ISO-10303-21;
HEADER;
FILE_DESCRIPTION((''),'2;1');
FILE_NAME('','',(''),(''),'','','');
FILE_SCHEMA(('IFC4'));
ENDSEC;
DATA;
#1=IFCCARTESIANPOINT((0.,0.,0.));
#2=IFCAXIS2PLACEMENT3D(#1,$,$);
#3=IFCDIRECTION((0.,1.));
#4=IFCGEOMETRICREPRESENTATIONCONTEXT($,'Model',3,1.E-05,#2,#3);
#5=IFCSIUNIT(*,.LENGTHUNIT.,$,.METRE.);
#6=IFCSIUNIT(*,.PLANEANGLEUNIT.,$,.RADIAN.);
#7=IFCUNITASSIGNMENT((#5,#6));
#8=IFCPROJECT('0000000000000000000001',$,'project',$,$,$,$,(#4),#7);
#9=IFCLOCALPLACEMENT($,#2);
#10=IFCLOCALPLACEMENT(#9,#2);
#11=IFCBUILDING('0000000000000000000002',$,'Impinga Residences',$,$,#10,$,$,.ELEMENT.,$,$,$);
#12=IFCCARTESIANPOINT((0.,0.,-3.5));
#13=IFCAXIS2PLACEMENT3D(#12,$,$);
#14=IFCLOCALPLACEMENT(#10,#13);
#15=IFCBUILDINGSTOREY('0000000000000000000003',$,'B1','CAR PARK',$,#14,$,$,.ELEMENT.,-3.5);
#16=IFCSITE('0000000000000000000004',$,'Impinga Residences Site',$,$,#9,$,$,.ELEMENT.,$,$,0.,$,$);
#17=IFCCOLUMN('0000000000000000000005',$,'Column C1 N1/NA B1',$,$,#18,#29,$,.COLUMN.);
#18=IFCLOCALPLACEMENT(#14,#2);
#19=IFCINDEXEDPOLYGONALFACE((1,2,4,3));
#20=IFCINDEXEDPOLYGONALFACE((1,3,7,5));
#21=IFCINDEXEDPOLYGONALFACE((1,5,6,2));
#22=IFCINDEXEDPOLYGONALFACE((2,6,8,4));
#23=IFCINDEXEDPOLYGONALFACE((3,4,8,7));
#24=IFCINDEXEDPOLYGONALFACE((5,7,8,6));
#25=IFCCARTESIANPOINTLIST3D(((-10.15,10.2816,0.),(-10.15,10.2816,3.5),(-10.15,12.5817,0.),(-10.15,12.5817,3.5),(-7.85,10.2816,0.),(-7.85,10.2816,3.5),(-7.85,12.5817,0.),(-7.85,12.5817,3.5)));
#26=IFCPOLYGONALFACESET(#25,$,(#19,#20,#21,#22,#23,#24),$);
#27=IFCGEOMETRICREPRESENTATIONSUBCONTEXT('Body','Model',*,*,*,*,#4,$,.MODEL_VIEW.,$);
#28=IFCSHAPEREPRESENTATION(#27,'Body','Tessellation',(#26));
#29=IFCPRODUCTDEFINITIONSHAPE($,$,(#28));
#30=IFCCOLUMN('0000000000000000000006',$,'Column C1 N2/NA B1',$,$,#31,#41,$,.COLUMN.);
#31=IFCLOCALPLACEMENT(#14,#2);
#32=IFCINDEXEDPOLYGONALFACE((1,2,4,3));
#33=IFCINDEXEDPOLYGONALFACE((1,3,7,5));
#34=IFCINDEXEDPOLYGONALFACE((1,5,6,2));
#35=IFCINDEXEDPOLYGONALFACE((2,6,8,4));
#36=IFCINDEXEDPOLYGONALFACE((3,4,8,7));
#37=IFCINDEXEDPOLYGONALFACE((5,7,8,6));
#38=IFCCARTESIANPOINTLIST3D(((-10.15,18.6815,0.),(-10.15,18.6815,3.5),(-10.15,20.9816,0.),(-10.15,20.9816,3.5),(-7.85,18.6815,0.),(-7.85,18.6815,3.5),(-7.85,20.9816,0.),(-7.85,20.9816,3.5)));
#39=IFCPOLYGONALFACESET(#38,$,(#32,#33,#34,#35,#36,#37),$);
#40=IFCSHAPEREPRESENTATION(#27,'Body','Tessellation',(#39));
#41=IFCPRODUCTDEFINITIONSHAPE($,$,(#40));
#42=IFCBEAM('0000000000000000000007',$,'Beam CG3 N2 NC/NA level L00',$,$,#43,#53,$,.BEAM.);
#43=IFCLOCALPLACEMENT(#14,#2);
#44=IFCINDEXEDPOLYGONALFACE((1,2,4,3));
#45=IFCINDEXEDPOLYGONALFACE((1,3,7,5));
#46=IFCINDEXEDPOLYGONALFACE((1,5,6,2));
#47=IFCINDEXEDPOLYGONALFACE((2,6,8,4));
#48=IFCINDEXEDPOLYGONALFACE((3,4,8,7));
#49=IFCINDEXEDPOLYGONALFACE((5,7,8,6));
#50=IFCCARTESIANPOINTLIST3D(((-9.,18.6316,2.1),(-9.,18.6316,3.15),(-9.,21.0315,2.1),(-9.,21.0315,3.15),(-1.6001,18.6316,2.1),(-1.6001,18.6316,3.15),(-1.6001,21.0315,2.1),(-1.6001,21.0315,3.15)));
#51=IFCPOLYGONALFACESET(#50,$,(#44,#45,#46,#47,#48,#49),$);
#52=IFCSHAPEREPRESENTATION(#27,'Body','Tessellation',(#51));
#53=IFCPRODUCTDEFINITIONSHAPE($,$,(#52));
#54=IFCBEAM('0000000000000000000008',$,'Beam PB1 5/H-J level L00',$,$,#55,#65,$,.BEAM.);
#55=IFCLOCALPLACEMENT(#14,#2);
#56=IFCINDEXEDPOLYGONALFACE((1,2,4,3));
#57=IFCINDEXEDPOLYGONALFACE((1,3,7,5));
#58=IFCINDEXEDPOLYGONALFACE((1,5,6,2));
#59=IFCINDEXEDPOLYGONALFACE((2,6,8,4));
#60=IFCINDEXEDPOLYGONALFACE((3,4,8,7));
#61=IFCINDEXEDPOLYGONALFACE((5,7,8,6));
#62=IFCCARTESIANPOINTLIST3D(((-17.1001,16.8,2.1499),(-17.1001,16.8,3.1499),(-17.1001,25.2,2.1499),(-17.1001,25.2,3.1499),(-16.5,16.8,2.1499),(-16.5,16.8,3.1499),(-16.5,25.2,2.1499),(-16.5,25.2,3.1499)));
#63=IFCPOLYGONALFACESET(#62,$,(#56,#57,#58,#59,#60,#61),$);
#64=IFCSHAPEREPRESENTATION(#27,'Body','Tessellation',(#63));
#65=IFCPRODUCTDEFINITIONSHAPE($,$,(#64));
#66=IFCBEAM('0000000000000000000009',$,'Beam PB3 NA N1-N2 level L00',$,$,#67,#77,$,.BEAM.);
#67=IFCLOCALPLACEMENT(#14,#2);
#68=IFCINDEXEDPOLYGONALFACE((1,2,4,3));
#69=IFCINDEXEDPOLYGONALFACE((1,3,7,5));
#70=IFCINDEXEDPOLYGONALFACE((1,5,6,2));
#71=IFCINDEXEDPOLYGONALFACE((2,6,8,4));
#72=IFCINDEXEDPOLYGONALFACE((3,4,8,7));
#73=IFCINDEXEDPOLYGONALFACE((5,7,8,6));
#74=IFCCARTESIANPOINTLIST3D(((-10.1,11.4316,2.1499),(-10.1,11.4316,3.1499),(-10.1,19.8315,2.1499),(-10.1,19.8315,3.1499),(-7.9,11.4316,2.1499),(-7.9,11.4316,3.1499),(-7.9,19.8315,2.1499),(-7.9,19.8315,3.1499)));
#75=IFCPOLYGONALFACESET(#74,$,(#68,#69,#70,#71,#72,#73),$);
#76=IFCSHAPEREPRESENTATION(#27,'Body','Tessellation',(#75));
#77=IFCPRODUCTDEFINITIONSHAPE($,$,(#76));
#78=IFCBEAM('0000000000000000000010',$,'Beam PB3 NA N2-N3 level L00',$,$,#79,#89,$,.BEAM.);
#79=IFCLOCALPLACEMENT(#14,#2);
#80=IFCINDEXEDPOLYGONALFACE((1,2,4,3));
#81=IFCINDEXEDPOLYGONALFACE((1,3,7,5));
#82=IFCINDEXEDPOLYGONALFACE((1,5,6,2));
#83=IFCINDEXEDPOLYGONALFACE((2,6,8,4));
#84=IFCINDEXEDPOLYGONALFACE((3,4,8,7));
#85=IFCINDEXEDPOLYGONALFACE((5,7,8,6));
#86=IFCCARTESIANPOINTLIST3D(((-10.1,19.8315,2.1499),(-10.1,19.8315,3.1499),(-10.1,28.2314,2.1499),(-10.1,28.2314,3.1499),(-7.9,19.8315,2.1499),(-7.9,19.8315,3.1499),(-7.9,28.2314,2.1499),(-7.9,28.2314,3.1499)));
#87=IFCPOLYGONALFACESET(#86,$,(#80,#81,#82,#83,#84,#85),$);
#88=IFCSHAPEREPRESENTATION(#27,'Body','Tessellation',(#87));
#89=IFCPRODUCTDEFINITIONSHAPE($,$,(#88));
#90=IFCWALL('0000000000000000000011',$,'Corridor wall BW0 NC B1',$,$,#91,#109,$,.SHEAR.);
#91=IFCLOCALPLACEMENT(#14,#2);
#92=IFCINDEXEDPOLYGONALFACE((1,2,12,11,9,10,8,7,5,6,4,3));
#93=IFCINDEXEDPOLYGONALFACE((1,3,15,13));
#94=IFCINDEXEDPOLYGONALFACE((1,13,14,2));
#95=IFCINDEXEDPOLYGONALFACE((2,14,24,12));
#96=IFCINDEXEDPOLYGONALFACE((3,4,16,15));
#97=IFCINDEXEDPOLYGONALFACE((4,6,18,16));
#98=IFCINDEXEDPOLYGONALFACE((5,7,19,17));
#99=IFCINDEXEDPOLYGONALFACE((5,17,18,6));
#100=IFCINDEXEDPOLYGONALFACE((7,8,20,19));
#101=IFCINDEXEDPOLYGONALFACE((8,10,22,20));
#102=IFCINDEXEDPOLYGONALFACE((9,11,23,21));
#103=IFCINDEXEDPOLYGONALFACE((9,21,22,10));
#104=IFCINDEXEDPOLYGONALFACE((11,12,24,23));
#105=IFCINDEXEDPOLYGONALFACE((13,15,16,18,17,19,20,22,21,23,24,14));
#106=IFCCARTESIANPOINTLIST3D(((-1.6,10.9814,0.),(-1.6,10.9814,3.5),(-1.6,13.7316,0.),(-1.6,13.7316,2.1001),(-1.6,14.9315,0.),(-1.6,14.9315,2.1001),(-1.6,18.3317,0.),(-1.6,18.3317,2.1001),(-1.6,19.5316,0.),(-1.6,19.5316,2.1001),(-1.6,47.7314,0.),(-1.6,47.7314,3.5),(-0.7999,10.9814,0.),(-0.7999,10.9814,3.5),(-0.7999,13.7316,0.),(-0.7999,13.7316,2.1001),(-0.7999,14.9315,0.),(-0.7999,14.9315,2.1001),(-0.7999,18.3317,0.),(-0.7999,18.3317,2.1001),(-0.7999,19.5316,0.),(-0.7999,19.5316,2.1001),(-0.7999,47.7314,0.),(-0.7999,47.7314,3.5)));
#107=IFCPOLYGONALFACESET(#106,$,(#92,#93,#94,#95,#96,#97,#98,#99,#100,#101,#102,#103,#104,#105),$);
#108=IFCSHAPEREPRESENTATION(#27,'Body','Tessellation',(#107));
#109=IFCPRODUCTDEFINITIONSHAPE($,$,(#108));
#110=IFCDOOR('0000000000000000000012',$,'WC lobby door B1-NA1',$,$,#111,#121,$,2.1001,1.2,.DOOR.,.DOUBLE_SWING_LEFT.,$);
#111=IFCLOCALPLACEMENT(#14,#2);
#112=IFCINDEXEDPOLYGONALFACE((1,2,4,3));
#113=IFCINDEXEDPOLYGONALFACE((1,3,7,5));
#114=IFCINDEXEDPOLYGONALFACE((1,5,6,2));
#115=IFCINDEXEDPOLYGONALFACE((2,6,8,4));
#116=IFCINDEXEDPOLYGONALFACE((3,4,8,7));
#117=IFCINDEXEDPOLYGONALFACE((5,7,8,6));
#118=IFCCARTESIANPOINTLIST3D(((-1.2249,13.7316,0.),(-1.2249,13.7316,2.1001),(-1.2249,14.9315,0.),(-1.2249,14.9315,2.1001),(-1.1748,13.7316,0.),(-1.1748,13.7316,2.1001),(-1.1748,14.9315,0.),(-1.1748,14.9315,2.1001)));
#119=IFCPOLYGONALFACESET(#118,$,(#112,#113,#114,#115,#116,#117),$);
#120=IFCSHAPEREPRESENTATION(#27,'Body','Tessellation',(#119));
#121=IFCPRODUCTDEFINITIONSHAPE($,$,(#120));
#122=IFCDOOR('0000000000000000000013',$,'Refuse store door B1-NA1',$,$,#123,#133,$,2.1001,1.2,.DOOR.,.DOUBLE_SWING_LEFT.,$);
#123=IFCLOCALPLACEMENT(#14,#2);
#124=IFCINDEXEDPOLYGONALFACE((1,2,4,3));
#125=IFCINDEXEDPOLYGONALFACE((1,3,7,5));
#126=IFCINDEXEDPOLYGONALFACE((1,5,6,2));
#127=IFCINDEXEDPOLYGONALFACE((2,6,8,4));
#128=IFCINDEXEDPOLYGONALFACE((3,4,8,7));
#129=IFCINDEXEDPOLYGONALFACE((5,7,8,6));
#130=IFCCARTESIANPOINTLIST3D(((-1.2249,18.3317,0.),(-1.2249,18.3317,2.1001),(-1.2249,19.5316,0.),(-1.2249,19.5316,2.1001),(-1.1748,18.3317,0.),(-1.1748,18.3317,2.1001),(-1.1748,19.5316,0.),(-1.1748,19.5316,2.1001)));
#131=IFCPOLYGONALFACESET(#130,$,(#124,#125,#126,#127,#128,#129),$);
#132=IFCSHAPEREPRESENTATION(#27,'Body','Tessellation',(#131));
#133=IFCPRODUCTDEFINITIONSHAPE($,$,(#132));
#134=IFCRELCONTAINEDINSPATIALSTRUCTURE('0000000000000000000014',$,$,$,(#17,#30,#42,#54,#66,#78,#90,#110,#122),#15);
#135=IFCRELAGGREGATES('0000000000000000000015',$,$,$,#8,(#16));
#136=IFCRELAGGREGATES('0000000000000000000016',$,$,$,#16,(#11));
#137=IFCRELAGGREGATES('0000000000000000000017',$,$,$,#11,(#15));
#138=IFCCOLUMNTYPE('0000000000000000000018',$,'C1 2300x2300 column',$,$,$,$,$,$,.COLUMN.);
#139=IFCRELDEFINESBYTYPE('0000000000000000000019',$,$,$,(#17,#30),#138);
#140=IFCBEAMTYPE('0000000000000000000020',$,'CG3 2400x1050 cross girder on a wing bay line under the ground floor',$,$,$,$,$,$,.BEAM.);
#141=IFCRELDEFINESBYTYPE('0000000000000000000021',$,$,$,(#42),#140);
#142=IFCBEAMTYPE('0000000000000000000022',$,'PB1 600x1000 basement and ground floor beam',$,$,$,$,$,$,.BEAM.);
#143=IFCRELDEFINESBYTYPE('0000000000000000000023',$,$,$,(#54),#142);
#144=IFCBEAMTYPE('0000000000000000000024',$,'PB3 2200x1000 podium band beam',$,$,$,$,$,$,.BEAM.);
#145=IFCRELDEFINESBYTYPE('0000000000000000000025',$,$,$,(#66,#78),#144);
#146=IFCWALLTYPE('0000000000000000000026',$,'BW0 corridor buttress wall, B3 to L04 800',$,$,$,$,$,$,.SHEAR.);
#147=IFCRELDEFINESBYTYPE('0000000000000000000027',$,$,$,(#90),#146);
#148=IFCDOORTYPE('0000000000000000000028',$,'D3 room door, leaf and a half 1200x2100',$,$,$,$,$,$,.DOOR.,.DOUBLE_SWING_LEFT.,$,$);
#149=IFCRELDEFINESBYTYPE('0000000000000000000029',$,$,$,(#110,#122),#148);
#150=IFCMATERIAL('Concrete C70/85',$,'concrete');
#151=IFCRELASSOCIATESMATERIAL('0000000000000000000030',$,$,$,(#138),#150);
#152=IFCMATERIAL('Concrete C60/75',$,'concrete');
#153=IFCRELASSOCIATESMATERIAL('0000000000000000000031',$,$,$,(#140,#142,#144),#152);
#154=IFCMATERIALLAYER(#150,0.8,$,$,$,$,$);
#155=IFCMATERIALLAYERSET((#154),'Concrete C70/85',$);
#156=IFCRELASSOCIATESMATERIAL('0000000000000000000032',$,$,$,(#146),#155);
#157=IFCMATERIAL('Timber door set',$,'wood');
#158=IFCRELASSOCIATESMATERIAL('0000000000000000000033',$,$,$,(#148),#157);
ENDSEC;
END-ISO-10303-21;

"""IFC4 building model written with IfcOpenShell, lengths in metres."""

from ifc_helpers import new_model, si_unit, direction, frame, frame_2d, origin, origin_2d, place, context, subcontext, project, spatial, rectangle, extrude, material, layer, layer_set, material_profile, profile_set, type_object, element, fill, save


model = new_model("IFC4")

# Units and contexts
model_context = context("Model", 3, precision=1e-05, world=origin(), true_north=direction((0.0, 1.0)))
body_context = subcontext(model_context, "Body", "Model", "MODEL_VIEW")
ifc_project = project(units=[si_unit("LENGTHUNIT", "METRE"), si_unit("PLANEANGLEUNIT", "RADIAN")], contexts=[model_context])

# Site, building, storey
site_placement = place(None, origin())
site = spatial("IfcSite", under=ifc_project, at=site_placement, Name="Impinga Residences Site", CompositionType="ELEMENT", RefElevation=0.0)
building_placement = place(site_placement, origin())
building = spatial("IfcBuilding", under=site, at=building_placement, Name="Impinga Residences", CompositionType="ELEMENT")
storey_placement = place(building_placement, frame((0.0, 0.0, -3.5)))
storey = spatial("IfcBuildingStorey", under=building, at=storey_placement, Name="B1", Description="CAR PARK", CompositionType="ELEMENT", Elevation=-3.5)

# Columns
ifc_material_1 = material(Name="Concrete C70/85", Category="concrete")
ifc_material_profile_1 = material_profile(ifc_material_1, rectangle(XDim=2.3, YDim=2.3, at=origin_2d()), Name="RC 2300x2300")
ifc_profile_set_1 = profile_set([ifc_material_profile_1], Name="Concrete C70/85")
column_type = type_object("IfcColumnType", Name="C1 2300x2300 column", PredefinedType="COLUMN", material=ifc_profile_set_1)
for number, where, z_axis, x_axis, name in (
    (1, (-9.0, 11.4316, 0.0), (0.0, 0.0, 1.0), (1.0, 0.0, 0.0), "Column C1 N1/NA B1"),
    (2, (-9.0, 19.8315, 0.0), (0.0, 0.0, 1.0), (1.0, 0.0, 0.0), "Column C1 N2/NA B1"),
):
    element("IfcColumn", number, at=place(storey_placement, frame(where, z_axis=z_axis, x_axis=x_axis)), inside=storey, type_object=column_type, Name=name, PredefinedType="COLUMN", context=body_context, shape_type="SweptSolid", body=[
        extrude(rectangle(XDim=2.3, YDim=2.3, at=origin_2d()), origin(), (0.0, 0.0, 1.0), 3.5),
    ])

# Beams
ifc_material_2 = material(Name="Concrete C60/75", Category="concrete")
ifc_material_profile_2 = material_profile(ifc_material_2, rectangle(XDim=2.3999, YDim=1.05, at=origin_2d()), Name="RC 2400x1050")
ifc_profile_set_2 = profile_set([ifc_material_profile_2], Name="Concrete C60/75")
beam_type_1 = type_object("IfcBeamType", Name="CG3 2400x1050 cross girder on a wing bay line under the ground floor", PredefinedType="BEAM", material=ifc_profile_set_2)
beam_1_placement = place(storey_placement, frame((-1.6001, 19.8315, 2.625), z_axis=(-1.0, 0.0, 0.0), x_axis=(0.0, -1.0, 0.0)))
element("IfcBeam", 3, at=beam_1_placement, inside=storey, type_object=beam_type_1, Name="Beam CG3 N2 NC/NA level L00", PredefinedType="BEAM", context=body_context, shape_type="SweptSolid", body=[
    extrude(rectangle(XDim=2.3999, YDim=1.05, at=origin_2d()), origin(), (0.0, 0.0, 1.0), 7.3999),
])
ifc_material_profile_3 = material_profile(ifc_material_2, rectangle(XDim=0.6001, YDim=1.0, at=origin_2d()), Name="RC 600x1000")
ifc_profile_set_3 = profile_set([ifc_material_profile_3], Name="Concrete C60/75")
beam_type_2 = type_object("IfcBeamType", Name="PB1 600x1000 basement and ground floor beam", PredefinedType="BEAM", material=ifc_profile_set_3)
beam_2_placement = place(storey_placement, frame((-16.8, 16.8, 2.6499), z_axis=(0.0, 1.0, 0.0), x_axis=(-1.0, 0.0, 0.0)))
element("IfcBeam", 4, at=beam_2_placement, inside=storey, type_object=beam_type_2, Name="Beam PB1 5/H-J level L00", PredefinedType="BEAM", context=body_context, shape_type="SweptSolid", body=[
    extrude(rectangle(XDim=0.6001, YDim=1.0, at=origin_2d()), origin(), (0.0, 0.0, 1.0), 8.3999),
])
ifc_material_profile_4 = material_profile(ifc_material_2, rectangle(XDim=2.2, YDim=1.0, at=origin_2d()), Name="RC 2200x1000")
ifc_profile_set_4 = profile_set([ifc_material_profile_4], Name="Concrete C60/75")
beam_type_3 = type_object("IfcBeamType", Name="PB3 2200x1000 podium band beam", PredefinedType="BEAM", material=ifc_profile_set_4)
for number, where, z_axis, x_axis, name in (
    (5, (-9.0, 11.4316, 2.6499), (0.0, 1.0, 0.0), (-1.0, 0.0, 0.0), "Beam PB3 NA N1-N2 level L00"),
    (6, (-9.0, 19.8315, 2.6499), (0.0, 1.0, 0.0), (-1.0, 0.0, 0.0), "Beam PB3 NA N2-N3 level L00"),
):
    element("IfcBeam", number, at=place(storey_placement, frame(where, z_axis=z_axis, x_axis=x_axis)), inside=storey, type_object=beam_type_3, Name=name, PredefinedType="BEAM", context=body_context, shape_type="SweptSolid", body=[
        extrude(rectangle(XDim=2.2, YDim=1.0, at=origin_2d()), origin(), (0.0, 0.0, 1.0), 8.3999),
    ])

# Wall, openings, doors
ifc_layer_1 = layer(ifc_material_1, 0.8)
ifc_layer_set_1 = layer_set([ifc_layer_1], Name="Concrete C70/85")
wall_type_1 = type_object("IfcWallType", Name="BW0 corridor buttress wall, B3 to L04 800", PredefinedType="SHEAR", material=ifc_layer_set_1)
wall_1_placement = place(storey_placement, frame((-1.2, 10.9814, 0.0), z_axis=(0.0, 0.0, 1.0), x_axis=(0.0, 1.0, 0.0)))
wall_1 = element("IfcWall", 7, at=wall_1_placement, inside=storey, type_object=wall_type_1, Name="Corridor wall BW0 NC B1", PredefinedType="SHEAR", context=body_context, shape_type="SweptSolid", body=[
    extrude(rectangle(XDim=36.75, YDim=0.8, at=frame_2d((18.375, 0.0))), origin(), (0.0, 0.0, 1.0), 3.5),
])
opening_1_placement = place(wall_1_placement, frame((2.75, 0.0, 0.0)))
opening_1 = element("IfcOpeningElement", 8, at=opening_1_placement, cuts=wall_1, PredefinedType="OPENING", context=body_context, shape_type="SweptSolid", body=[
    extrude(rectangle(XDim=1.2, YDim=2.1001, at=frame_2d((0.6001, 1.05))), frame((0.0, 0.4099, 0.0), z_axis=(0.0, -1.0, 0.0), x_axis=(1.0, 0.0, 0.0)), (0.0, 0.0, 1.0), 0.8201),
])
opening_2_placement = place(wall_1_placement, frame((7.3501, 0.0, 0.0)))
opening_2 = element("IfcOpeningElement", 9, at=opening_2_placement, cuts=wall_1, PredefinedType="OPENING", context=body_context, shape_type="SweptSolid", body=[
    extrude(rectangle(XDim=1.2, YDim=2.1001, at=frame_2d((0.6001, 1.05))), frame((0.0, 0.4099, 0.0), z_axis=(0.0, -1.0, 0.0), x_axis=(1.0, 0.0, 0.0)), (0.0, 0.0, 1.0), 0.8201),
])
ifc_material_3 = material(Name="Timber door set", Category="wood")
door_type_1 = type_object("IfcDoorType", Name="D3 room door, leaf and a half 1200x2100", OperationType="DOUBLE_SWING_LEFT", PredefinedType="DOOR", material=ifc_material_3)
door_1_placement = place(opening_1_placement, origin())
door_1 = element("IfcDoor", 10, at=door_1_placement, inside=storey, type_object=door_type_1, Name="WC lobby door B1-NA1", OperationType="DOUBLE_SWING_LEFT", OverallHeight=2.1001, OverallWidth=1.2, PredefinedType="DOOR", context=body_context, shape_type="SweptSolid", body=[
    extrude(rectangle(XDim=1.2, YDim=2.1001, at=frame_2d((0.6001, 1.05))), frame((0.0, 0.0249, 0.0), z_axis=(0.0, -1.0, 0.0), x_axis=(1.0, 0.0, 0.0)), (0.0, 0.0, 1.0), 0.05),
])
fill(opening_1, door_1)
door_2_placement = place(opening_2_placement, origin())
door_2 = element("IfcDoor", 11, at=door_2_placement, inside=storey, type_object=door_type_1, Name="Refuse store door B1-NA1", OperationType="DOUBLE_SWING_LEFT", OverallHeight=2.1001, OverallWidth=1.2, PredefinedType="DOOR", context=body_context, shape_type="SweptSolid", body=[
    extrude(rectangle(XDim=1.2, YDim=2.1001, at=frame_2d((0.6001, 1.05))), frame((0.0, 0.0249, 0.0), z_axis=(0.0, -1.0, 0.0), x_axis=(1.0, 0.0, 0.0)), (0.0, 0.0, 1.0), 0.05),
])
fill(opening_2, door_2)

save(model, "model.ifc")
